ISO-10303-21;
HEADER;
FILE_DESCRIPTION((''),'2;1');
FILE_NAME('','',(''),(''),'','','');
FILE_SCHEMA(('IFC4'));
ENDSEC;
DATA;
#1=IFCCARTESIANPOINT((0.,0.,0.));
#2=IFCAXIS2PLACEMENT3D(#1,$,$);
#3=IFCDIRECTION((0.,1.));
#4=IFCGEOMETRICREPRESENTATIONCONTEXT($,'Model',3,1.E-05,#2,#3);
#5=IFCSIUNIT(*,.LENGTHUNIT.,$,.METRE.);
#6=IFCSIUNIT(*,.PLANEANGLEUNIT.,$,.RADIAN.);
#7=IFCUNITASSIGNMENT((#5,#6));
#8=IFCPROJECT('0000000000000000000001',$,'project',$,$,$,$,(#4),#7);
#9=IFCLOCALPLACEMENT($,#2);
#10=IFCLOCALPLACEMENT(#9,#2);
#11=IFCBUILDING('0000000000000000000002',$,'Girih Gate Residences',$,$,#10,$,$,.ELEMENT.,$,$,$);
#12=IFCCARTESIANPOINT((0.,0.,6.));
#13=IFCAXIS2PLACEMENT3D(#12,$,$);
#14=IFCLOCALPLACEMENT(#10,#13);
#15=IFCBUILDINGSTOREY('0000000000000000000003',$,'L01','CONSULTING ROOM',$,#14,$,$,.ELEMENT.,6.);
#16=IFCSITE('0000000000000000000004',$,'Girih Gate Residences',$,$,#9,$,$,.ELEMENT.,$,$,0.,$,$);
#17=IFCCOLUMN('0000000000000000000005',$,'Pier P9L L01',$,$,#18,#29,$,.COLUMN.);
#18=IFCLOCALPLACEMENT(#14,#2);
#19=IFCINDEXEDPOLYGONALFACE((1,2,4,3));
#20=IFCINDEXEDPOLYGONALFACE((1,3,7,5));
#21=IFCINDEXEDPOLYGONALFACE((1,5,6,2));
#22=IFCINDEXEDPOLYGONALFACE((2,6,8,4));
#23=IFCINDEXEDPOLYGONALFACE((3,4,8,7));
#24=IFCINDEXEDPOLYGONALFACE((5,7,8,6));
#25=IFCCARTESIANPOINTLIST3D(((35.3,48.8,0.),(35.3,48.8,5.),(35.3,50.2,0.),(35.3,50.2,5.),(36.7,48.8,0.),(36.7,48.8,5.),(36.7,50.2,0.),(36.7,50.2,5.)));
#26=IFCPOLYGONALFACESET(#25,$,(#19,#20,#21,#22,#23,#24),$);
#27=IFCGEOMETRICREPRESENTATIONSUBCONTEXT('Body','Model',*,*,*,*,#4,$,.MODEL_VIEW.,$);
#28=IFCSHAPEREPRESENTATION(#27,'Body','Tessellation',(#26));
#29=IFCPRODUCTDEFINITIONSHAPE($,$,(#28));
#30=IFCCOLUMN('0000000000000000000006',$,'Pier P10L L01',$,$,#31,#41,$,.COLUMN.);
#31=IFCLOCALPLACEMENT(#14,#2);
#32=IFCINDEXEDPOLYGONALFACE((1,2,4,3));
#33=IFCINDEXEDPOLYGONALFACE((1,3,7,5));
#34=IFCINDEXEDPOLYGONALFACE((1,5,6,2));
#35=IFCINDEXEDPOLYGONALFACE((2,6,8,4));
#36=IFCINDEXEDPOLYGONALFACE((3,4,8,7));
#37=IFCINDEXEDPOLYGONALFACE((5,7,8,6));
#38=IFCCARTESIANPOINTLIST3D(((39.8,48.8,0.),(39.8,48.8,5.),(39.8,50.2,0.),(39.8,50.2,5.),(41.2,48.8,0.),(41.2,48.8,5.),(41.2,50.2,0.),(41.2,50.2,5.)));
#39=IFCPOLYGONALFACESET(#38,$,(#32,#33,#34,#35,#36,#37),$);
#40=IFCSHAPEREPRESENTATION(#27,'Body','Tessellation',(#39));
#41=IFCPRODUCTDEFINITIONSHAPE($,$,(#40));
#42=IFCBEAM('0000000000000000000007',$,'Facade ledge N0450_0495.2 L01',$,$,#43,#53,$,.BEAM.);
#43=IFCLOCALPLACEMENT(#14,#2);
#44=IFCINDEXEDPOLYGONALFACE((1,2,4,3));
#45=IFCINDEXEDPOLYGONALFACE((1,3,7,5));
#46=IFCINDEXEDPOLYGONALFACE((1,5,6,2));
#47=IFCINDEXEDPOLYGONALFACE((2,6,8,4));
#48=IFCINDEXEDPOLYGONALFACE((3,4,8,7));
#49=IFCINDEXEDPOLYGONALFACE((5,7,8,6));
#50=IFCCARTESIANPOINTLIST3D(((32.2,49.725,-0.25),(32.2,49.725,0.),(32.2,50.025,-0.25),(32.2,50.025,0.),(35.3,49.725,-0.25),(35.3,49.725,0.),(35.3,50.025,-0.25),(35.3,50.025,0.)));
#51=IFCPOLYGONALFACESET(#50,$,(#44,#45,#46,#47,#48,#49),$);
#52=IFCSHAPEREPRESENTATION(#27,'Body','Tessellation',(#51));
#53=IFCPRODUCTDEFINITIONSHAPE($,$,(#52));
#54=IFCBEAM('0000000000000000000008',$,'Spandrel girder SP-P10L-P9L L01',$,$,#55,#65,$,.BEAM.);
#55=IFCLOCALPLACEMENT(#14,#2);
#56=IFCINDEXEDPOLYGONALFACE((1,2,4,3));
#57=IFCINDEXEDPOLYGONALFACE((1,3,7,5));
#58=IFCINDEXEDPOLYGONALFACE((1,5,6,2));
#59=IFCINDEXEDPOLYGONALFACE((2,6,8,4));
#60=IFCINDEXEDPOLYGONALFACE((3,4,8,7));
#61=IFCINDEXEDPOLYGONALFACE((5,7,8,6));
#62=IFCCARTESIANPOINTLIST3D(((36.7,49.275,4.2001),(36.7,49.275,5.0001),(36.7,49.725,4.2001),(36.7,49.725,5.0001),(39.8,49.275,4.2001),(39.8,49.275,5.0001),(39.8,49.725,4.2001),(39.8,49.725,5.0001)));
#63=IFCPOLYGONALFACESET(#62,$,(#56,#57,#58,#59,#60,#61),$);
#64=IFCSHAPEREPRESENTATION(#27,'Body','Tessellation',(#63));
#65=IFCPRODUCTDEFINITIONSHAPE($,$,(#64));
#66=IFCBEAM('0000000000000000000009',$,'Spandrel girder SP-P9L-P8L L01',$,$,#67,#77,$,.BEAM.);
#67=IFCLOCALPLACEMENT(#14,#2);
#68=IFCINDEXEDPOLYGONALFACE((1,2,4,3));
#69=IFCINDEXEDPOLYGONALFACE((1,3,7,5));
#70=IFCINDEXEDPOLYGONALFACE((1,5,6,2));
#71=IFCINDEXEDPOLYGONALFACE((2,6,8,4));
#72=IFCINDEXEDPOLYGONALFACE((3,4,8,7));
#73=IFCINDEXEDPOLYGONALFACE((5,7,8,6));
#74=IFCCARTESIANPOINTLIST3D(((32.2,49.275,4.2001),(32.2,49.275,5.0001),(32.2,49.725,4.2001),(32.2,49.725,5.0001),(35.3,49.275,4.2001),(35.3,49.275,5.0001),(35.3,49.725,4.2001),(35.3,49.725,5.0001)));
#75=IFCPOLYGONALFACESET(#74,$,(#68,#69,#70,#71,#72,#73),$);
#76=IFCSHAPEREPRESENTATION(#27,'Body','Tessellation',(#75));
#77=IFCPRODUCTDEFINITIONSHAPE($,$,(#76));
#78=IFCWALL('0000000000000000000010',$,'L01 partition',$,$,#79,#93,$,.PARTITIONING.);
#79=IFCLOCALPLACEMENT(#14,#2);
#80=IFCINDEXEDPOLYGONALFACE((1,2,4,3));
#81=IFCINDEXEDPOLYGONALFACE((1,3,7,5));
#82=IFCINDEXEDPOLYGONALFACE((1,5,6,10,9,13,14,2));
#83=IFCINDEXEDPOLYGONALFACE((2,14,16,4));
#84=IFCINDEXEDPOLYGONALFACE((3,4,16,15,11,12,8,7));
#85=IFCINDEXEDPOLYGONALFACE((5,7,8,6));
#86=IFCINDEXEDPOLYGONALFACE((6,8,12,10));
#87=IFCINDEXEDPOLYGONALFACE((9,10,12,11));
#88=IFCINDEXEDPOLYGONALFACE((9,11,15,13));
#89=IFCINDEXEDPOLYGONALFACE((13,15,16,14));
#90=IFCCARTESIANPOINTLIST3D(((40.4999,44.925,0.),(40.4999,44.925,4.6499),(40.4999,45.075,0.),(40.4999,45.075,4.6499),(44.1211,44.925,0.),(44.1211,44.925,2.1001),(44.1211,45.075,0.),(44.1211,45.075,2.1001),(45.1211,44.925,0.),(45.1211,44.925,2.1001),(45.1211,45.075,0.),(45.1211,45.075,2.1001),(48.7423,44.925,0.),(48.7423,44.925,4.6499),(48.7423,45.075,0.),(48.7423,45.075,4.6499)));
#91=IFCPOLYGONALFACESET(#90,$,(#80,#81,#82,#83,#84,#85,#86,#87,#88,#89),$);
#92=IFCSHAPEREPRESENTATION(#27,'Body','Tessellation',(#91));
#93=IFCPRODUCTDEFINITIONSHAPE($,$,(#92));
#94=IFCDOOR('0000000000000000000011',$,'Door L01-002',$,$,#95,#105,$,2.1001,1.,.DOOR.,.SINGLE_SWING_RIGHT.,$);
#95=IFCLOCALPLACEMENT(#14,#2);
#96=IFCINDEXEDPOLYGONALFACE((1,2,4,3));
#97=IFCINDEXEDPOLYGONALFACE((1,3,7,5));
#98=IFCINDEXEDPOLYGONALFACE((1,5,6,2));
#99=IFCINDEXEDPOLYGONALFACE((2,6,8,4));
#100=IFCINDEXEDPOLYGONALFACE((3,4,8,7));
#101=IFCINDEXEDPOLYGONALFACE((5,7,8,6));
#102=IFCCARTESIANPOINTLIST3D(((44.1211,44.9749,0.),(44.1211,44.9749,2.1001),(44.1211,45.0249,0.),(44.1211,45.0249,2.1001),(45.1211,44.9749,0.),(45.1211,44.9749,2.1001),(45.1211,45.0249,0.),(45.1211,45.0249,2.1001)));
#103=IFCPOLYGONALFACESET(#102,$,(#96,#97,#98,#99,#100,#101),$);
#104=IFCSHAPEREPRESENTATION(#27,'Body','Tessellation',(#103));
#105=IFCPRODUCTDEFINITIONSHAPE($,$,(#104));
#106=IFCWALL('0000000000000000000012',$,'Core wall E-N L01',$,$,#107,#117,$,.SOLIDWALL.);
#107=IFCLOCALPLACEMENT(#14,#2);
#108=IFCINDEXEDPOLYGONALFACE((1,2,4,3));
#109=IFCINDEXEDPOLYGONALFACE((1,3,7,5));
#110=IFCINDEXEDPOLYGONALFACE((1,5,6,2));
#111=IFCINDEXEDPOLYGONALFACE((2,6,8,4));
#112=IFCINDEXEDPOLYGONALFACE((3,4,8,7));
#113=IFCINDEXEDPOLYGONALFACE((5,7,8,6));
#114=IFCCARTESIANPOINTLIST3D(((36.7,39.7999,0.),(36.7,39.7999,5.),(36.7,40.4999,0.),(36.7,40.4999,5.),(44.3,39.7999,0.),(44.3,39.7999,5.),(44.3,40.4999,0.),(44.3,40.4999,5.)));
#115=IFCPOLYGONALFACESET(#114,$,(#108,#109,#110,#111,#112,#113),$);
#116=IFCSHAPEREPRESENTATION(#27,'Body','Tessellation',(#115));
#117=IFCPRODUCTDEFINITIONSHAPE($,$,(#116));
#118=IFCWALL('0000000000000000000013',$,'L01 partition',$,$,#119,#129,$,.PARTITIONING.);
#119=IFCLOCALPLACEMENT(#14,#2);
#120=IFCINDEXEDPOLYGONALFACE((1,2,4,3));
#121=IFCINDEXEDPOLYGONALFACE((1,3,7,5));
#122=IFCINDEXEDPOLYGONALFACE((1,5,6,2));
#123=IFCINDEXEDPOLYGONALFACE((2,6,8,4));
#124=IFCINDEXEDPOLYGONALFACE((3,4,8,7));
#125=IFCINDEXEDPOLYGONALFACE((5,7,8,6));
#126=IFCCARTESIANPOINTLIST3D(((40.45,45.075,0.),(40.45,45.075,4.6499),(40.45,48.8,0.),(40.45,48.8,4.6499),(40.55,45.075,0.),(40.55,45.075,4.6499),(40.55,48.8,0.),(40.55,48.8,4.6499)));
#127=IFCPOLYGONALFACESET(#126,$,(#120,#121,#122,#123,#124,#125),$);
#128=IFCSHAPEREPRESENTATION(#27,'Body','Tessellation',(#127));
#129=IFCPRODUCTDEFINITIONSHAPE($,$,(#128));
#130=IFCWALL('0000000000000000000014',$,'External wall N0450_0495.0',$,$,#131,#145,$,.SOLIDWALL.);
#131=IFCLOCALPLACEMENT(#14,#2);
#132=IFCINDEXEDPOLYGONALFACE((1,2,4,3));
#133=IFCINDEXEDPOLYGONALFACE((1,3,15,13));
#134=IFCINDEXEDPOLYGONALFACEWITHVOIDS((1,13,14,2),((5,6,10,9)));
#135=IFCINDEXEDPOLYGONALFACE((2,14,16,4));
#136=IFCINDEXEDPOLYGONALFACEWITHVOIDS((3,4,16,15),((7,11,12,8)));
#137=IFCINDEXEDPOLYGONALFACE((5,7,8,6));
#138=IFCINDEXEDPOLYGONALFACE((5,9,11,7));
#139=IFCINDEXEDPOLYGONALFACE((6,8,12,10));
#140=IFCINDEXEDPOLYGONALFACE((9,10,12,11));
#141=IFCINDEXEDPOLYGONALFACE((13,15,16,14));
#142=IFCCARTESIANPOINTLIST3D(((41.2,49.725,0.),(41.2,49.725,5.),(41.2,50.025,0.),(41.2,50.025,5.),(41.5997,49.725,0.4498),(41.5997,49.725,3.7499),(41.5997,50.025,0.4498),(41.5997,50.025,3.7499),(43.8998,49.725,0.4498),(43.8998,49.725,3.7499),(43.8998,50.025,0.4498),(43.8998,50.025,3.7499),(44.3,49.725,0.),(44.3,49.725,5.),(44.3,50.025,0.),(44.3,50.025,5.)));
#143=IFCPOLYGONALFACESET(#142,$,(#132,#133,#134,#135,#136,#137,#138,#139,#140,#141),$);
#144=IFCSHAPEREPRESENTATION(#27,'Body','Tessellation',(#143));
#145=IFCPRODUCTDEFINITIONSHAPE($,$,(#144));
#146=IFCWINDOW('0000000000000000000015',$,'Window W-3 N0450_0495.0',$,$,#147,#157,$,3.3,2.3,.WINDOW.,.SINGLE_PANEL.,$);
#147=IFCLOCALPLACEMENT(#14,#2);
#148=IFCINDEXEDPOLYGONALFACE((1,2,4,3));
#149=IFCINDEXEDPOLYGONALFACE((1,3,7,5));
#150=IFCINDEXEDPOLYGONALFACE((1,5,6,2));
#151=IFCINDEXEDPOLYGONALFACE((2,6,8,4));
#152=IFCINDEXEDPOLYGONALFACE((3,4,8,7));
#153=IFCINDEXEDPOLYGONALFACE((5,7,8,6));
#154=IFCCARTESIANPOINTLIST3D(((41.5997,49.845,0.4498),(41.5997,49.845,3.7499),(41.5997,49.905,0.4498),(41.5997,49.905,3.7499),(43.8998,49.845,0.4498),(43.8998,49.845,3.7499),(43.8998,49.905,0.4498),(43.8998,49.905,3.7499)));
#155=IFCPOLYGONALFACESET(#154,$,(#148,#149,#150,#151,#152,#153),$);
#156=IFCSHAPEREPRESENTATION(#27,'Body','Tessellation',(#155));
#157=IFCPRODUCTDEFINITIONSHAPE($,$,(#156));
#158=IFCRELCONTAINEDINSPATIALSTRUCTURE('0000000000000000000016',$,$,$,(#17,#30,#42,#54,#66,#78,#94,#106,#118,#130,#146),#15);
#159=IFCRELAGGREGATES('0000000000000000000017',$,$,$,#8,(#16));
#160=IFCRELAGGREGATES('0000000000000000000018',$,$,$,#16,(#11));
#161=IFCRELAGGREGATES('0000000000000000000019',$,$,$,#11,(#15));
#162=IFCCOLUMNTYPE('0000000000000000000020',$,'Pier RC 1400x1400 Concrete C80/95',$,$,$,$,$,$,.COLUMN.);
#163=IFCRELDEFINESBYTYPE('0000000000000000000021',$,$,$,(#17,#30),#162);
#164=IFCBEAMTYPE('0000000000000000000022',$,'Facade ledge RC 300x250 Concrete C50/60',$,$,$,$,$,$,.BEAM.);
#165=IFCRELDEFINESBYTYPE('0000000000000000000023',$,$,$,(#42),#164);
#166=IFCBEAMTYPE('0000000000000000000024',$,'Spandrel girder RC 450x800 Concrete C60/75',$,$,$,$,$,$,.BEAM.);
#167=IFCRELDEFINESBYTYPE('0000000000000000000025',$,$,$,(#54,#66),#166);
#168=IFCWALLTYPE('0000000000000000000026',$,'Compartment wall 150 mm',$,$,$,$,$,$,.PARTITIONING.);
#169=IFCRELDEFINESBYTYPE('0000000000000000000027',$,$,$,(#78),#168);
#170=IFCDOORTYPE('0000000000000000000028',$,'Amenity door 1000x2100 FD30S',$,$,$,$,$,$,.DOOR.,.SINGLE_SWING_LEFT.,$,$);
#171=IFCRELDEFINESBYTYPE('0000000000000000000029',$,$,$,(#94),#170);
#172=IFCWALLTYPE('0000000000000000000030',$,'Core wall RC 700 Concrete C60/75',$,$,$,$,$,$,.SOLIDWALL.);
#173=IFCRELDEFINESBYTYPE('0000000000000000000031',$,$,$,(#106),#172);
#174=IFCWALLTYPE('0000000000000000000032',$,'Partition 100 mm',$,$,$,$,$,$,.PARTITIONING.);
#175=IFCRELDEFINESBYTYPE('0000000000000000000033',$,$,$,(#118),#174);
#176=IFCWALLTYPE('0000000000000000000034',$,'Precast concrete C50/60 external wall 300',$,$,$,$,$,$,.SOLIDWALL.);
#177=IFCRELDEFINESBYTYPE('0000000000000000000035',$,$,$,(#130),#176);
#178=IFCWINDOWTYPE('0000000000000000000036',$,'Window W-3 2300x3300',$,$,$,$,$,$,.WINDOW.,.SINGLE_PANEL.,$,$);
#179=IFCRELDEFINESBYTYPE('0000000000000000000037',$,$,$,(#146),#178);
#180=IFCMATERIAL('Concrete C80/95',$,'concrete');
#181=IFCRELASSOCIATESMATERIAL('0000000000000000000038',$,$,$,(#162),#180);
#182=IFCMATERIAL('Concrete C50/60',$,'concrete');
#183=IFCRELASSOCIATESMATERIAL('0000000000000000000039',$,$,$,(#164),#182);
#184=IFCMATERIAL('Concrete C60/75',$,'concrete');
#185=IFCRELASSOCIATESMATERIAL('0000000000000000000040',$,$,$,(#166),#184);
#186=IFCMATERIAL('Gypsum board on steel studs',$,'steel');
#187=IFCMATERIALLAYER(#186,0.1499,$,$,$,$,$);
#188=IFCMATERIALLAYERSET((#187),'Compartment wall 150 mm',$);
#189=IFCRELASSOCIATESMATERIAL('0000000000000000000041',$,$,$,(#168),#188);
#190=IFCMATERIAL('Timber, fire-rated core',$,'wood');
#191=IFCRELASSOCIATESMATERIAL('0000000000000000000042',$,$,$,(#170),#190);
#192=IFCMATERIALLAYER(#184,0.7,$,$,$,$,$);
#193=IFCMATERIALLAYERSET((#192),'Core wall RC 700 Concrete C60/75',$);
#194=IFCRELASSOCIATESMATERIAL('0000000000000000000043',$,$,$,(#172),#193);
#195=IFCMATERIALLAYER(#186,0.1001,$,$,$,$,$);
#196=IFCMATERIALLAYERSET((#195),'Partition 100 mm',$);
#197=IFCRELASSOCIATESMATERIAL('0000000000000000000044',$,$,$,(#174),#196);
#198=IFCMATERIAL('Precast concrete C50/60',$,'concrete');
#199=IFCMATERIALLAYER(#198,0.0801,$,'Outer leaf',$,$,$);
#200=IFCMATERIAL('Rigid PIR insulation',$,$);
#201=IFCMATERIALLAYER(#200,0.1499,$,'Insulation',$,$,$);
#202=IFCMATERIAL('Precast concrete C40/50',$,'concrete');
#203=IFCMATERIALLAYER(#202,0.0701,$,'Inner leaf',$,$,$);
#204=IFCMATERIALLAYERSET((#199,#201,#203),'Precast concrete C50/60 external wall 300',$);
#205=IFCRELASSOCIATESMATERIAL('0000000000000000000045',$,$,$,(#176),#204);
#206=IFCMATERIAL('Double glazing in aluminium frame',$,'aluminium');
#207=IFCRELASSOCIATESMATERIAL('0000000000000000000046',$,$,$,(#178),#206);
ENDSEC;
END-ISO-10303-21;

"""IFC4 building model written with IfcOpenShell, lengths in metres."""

from ifc_helpers import new_model, si_unit, direction, frame, frame_2d, origin, origin_2d, place, context, subcontext, project, spatial, rectangle, extrude, material, layer, layer_set, material_profile, profile_set, type_object, element, fill, save


model = new_model("IFC4")

# Units and contexts
model_context = context("Model", 3, precision=1e-05, world=origin(), true_north=direction((0.0, 1.0)))
body_context = subcontext(model_context, "Body", "Model", "MODEL_VIEW")
ifc_project = project(units=[si_unit("LENGTHUNIT", "METRE"), si_unit("PLANEANGLEUNIT", "RADIAN")], contexts=[model_context])

# Site, building, storey
site_placement = place(None, origin())
site = spatial("IfcSite", under=ifc_project, at=site_placement, Name="Girih Gate Residences", CompositionType="ELEMENT", RefElevation=0.0)
building_placement = place(site_placement, origin())
building = spatial("IfcBuilding", under=site, at=building_placement, Name="Girih Gate Residences", CompositionType="ELEMENT")
storey_placement = place(building_placement, frame((0.0, 0.0, 6.0)))
storey = spatial("IfcBuildingStorey", under=building, at=storey_placement, Name="L01", Description="CONSULTING ROOM", CompositionType="ELEMENT", Elevation=6.0)

# Columns
ifc_material_1 = material(Name="Concrete C80/95", Category="concrete")
ifc_material_profile_1 = material_profile(ifc_material_1, rectangle(XDim=1.3999, YDim=1.3999, at=origin_2d()))
ifc_profile_set_1 = profile_set([ifc_material_profile_1], Name="Concrete C80/95")
column_type = type_object("IfcColumnType", Name="Pier RC 1400x1400 Concrete C80/95", PredefinedType="COLUMN", material=ifc_profile_set_1)
for number, where, z_axis, x_axis, name in (
    (1, (36.0, 49.5, 0.0), (0.0, 0.0, 1.0), (1.0, 0.0, 0.0), "Pier P9L L01"),
    (2, (40.5, 49.5, 0.0), (0.0, 0.0, 1.0), (1.0, 0.0, 0.0), "Pier P10L L01"),
):
    element("IfcColumn", number, at=place(storey_placement, frame(where, z_axis=z_axis, x_axis=x_axis)), inside=storey, type_object=column_type, Name=name, PredefinedType="COLUMN", context=body_context, shape_type="SweptSolid", body=[
        extrude(rectangle(XDim=1.3999, YDim=1.3999, at=origin_2d()), origin(), (0.0, 0.0, 1.0), 5.0),
    ])

# Beams
ifc_material_2 = material(Name="Concrete C50/60", Category="concrete")
ifc_material_profile_2 = material_profile(ifc_material_2, rectangle(XDim=0.3, YDim=0.25, at=origin_2d()))
ifc_profile_set_2 = profile_set([ifc_material_profile_2], Name="Concrete C50/60")
beam_type_1 = type_object("IfcBeamType", Name="Facade ledge RC 300x250 Concrete C50/60", PredefinedType="BEAM", material=ifc_profile_set_2)
beam_placement = place(storey_placement, frame((35.3, 49.875, -0.125), z_axis=(-1.0, 0.0, 0.0), x_axis=(0.0, -1.0, 0.0)))
element("IfcBeam", 3, at=beam_placement, inside=storey, type_object=beam_type_1, Name="Facade ledge N0450_0495.2 L01", PredefinedType="BEAM", context=body_context, shape_type="SweptSolid", body=[
    extrude(rectangle(XDim=0.3, YDim=0.25, at=origin_2d()), origin(), (0.0, 0.0, 1.0), 3.1001),
])
ifc_material_3 = material(Name="Concrete C60/75", Category="concrete")
ifc_material_profile_3 = material_profile(ifc_material_3, rectangle(XDim=0.45, YDim=0.8, at=origin_2d()))
ifc_profile_set_3 = profile_set([ifc_material_profile_3], Name="Concrete C60/75")
beam_type_2 = type_object("IfcBeamType", Name="Spandrel girder RC 450x800 Concrete C60/75", PredefinedType="BEAM", material=ifc_profile_set_3)
for number, where, z_axis, x_axis, name in (
    (4, (39.8, 49.5, 4.6001), (-1.0, 0.0, 0.0), (0.0, -1.0, 0.0), "Spandrel girder SP-P10L-P9L L01"),
    (5, (35.3, 49.5, 4.6001), (-1.0, 0.0, 0.0), (0.0, -1.0, 0.0), "Spandrel girder SP-P9L-P8L L01"),
):
    element("IfcBeam", number, at=place(storey_placement, frame(where, z_axis=z_axis, x_axis=x_axis)), inside=storey, type_object=beam_type_2, Name=name, PredefinedType="BEAM", context=body_context, shape_type="SweptSolid", body=[
        extrude(rectangle(XDim=0.45, YDim=0.8, at=origin_2d()), origin(), (0.0, 0.0, 1.0), 3.1001),
    ])

# Wall, opening, door
ifc_material_4 = material(Name="Gypsum board on steel studs", Category="steel")
ifc_layer_1 = layer(ifc_material_4, 0.1499)
ifc_layer_set_1 = layer_set([ifc_layer_1], Name="Compartment wall 150 mm")
wall_type_1 = type_object("IfcWallType", Name="Compartment wall 150 mm", PredefinedType="PARTITIONING", material=ifc_layer_set_1)
wall_1_placement = place(storey_placement, frame((40.5, 45.0, 0.0), z_axis=(0.0, 0.0, 1.0), x_axis=(1.0, 0.0, 0.0)))
wall_1 = element("IfcWall", 6, at=wall_1_placement, inside=storey, type_object=wall_type_1, Name="L01 partition", PredefinedType="PARTITIONING", context=body_context, shape_type="SweptSolid", body=[
    extrude(rectangle(XDim=8.2424, YDim=0.1499, at=frame_2d((4.1211, 0.0))), origin(), (0.0, 0.0, 1.0), 4.6499),
])
opening_1_placement = place(wall_1_placement, frame((3.6211, 0.0, 0.0)))
opening_1 = element("IfcOpeningElement", 7, at=opening_1_placement, cuts=wall_1, PredefinedType="OPENING", context=body_context, shape_type="SweptSolid", body=[
    extrude(rectangle(XDim=1.0, YDim=2.1001, at=frame_2d((0.5, 1.05))), frame((0.0, 0.085, 0.0), z_axis=(0.0, -1.0, 0.0), x_axis=(1.0, 0.0, 0.0)), (0.0, 0.0, 1.0), 0.1699),
])
ifc_material_5 = material(Name="Timber, fire-rated core", Category="wood")
door_type = type_object("IfcDoorType", Name="Amenity door 1000x2100 FD30S", OperationType="SINGLE_SWING_LEFT", PredefinedType="DOOR", material=ifc_material_5)
door_placement = place(opening_1_placement, origin())
door = element("IfcDoor", 8, at=door_placement, inside=storey, type_object=door_type, Name="Door L01-002", OperationType="SINGLE_SWING_RIGHT", OverallHeight=2.1001, OverallWidth=1.0, PredefinedType="DOOR", context=body_context, shape_type="SweptSolid", body=[
    extrude(rectangle(XDim=1.0, YDim=2.1001, at=frame_2d((0.5, 1.05))), frame((0.0, 0.0249, 0.0), z_axis=(0.0, -1.0, 0.0), x_axis=(1.0, 0.0, 0.0)), (0.0, 0.0, 1.0), 0.05),
])
fill(opening_1, door)

# Walls
ifc_layer_2 = layer(ifc_material_3, 0.7)
ifc_layer_set_2 = layer_set([ifc_layer_2], Name="Core wall RC 700 Concrete C60/75")
wall_type_2 = type_object("IfcWallType", Name="Core wall RC 700 Concrete C60/75", PredefinedType="SOLIDWALL", material=ifc_layer_set_2)
wall_2_placement = place(storey_placement, frame((36.7, 40.1499, 0.0), z_axis=(0.0, 0.0, 1.0), x_axis=(1.0, 0.0, 0.0)))
element("IfcWall", 9, at=wall_2_placement, inside=storey, type_object=wall_type_2, Name="Core wall E-N L01", PredefinedType="SOLIDWALL", context=body_context, shape_type="SweptSolid", body=[
    extrude(rectangle(XDim=7.6001, YDim=0.7, at=frame_2d((3.8, 0.0))), origin(), (0.0, 0.0, 1.0), 5.0),
])
ifc_layer_3 = layer(ifc_material_4, 0.1001)
ifc_layer_set_3 = layer_set([ifc_layer_3], Name="Partition 100 mm")
wall_type_3 = type_object("IfcWallType", Name="Partition 100 mm", PredefinedType="PARTITIONING", material=ifc_layer_set_3)
wall_3_placement = place(storey_placement, frame((40.5, 45.075, 0.0), z_axis=(0.0, 0.0, 1.0), x_axis=(0.0, 1.0, 0.0)))
element("IfcWall", 10, at=wall_3_placement, inside=storey, type_object=wall_type_3, Name="L01 partition", PredefinedType="PARTITIONING", context=body_context, shape_type="SweptSolid", body=[
    extrude(rectangle(XDim=3.7251, YDim=0.1001, at=frame_2d((1.8625, 0.0))), origin(), (0.0, 0.0, 1.0), 4.6499),
])

# Wall, opening, window
ifc_material_6 = material(Name="Precast concrete C50/60", Category="concrete")
ifc_layer_4 = layer(ifc_material_6, 0.0801, Name="Outer leaf")
ifc_material_7 = material(Name="Rigid PIR insulation")
ifc_layer_5 = layer(ifc_material_7, 0.1499, Name="Insulation")
ifc_material_8 = material(Name="Precast concrete C40/50", Category="concrete")
ifc_layer_6 = layer(ifc_material_8, 0.0701, Name="Inner leaf")
ifc_layer_set_4 = layer_set([ifc_layer_4, ifc_layer_5, ifc_layer_6], Name="Precast concrete C50/60 external wall 300")
wall_type_4 = type_object("IfcWallType", Name="Precast concrete C50/60 external wall 300", PredefinedType="SOLIDWALL", material=ifc_layer_set_4)
wall_4_placement = place(storey_placement, frame((41.2, 49.875, 0.0), z_axis=(0.0, 0.0, 1.0), x_axis=(1.0, 0.0, 0.0)))
wall_4 = element("IfcWall", 11, at=wall_4_placement, inside=storey, type_object=wall_type_4, Name="External wall N0450_0495.0", PredefinedType="SOLIDWALL", context=body_context, shape_type="SweptSolid", body=[
    extrude(rectangle(XDim=3.1001, YDim=0.3, at=frame_2d((1.55, 0.0))), origin(), (0.0, 0.0, 1.0), 5.0),
])
opening_2_placement = place(wall_4_placement, frame((0.3999, 0.0, 0.45)))
opening_2 = element("IfcOpeningElement", 12, at=opening_2_placement, cuts=wall_4, PredefinedType="OPENING", context=body_context, shape_type="SweptSolid", body=[
    extrude(rectangle(XDim=2.3, YDim=3.3, at=frame_2d((1.1499, 1.6499))), frame((0.0, 0.1599, 0.0), z_axis=(0.0, -1.0, 0.0), x_axis=(1.0, 0.0, 0.0)), (0.0, 0.0, 1.0), 0.3201),
])
ifc_material_9 = material(Name="Double glazing in aluminium frame", Category="aluminium")
window_type = type_object("IfcWindowType", Name="Window W-3 2300x3300", PartitioningType="SINGLE_PANEL", PredefinedType="WINDOW", material=ifc_material_9)
window_1_placement = place(opening_2_placement, origin())
window_1 = element("IfcWindow", 13, at=window_1_placement, inside=storey, type_object=window_type, Name="Window W-3 N0450_0495.0", OverallHeight=3.3, OverallWidth=2.3, PartitioningType="SINGLE_PANEL", PredefinedType="WINDOW", context=body_context, shape_type="SweptSolid", body=[
    extrude(rectangle(XDim=2.3, YDim=3.3, at=frame_2d((1.1499, 1.6499))), frame((0.0, 0.03, 0.0), z_axis=(0.0, -1.0, 0.0), x_axis=(1.0, 0.0, 0.0)), (0.0, 0.0, 1.0), 0.0601),
])
fill(opening_2, window_1)

save(model, "model.ifc")
